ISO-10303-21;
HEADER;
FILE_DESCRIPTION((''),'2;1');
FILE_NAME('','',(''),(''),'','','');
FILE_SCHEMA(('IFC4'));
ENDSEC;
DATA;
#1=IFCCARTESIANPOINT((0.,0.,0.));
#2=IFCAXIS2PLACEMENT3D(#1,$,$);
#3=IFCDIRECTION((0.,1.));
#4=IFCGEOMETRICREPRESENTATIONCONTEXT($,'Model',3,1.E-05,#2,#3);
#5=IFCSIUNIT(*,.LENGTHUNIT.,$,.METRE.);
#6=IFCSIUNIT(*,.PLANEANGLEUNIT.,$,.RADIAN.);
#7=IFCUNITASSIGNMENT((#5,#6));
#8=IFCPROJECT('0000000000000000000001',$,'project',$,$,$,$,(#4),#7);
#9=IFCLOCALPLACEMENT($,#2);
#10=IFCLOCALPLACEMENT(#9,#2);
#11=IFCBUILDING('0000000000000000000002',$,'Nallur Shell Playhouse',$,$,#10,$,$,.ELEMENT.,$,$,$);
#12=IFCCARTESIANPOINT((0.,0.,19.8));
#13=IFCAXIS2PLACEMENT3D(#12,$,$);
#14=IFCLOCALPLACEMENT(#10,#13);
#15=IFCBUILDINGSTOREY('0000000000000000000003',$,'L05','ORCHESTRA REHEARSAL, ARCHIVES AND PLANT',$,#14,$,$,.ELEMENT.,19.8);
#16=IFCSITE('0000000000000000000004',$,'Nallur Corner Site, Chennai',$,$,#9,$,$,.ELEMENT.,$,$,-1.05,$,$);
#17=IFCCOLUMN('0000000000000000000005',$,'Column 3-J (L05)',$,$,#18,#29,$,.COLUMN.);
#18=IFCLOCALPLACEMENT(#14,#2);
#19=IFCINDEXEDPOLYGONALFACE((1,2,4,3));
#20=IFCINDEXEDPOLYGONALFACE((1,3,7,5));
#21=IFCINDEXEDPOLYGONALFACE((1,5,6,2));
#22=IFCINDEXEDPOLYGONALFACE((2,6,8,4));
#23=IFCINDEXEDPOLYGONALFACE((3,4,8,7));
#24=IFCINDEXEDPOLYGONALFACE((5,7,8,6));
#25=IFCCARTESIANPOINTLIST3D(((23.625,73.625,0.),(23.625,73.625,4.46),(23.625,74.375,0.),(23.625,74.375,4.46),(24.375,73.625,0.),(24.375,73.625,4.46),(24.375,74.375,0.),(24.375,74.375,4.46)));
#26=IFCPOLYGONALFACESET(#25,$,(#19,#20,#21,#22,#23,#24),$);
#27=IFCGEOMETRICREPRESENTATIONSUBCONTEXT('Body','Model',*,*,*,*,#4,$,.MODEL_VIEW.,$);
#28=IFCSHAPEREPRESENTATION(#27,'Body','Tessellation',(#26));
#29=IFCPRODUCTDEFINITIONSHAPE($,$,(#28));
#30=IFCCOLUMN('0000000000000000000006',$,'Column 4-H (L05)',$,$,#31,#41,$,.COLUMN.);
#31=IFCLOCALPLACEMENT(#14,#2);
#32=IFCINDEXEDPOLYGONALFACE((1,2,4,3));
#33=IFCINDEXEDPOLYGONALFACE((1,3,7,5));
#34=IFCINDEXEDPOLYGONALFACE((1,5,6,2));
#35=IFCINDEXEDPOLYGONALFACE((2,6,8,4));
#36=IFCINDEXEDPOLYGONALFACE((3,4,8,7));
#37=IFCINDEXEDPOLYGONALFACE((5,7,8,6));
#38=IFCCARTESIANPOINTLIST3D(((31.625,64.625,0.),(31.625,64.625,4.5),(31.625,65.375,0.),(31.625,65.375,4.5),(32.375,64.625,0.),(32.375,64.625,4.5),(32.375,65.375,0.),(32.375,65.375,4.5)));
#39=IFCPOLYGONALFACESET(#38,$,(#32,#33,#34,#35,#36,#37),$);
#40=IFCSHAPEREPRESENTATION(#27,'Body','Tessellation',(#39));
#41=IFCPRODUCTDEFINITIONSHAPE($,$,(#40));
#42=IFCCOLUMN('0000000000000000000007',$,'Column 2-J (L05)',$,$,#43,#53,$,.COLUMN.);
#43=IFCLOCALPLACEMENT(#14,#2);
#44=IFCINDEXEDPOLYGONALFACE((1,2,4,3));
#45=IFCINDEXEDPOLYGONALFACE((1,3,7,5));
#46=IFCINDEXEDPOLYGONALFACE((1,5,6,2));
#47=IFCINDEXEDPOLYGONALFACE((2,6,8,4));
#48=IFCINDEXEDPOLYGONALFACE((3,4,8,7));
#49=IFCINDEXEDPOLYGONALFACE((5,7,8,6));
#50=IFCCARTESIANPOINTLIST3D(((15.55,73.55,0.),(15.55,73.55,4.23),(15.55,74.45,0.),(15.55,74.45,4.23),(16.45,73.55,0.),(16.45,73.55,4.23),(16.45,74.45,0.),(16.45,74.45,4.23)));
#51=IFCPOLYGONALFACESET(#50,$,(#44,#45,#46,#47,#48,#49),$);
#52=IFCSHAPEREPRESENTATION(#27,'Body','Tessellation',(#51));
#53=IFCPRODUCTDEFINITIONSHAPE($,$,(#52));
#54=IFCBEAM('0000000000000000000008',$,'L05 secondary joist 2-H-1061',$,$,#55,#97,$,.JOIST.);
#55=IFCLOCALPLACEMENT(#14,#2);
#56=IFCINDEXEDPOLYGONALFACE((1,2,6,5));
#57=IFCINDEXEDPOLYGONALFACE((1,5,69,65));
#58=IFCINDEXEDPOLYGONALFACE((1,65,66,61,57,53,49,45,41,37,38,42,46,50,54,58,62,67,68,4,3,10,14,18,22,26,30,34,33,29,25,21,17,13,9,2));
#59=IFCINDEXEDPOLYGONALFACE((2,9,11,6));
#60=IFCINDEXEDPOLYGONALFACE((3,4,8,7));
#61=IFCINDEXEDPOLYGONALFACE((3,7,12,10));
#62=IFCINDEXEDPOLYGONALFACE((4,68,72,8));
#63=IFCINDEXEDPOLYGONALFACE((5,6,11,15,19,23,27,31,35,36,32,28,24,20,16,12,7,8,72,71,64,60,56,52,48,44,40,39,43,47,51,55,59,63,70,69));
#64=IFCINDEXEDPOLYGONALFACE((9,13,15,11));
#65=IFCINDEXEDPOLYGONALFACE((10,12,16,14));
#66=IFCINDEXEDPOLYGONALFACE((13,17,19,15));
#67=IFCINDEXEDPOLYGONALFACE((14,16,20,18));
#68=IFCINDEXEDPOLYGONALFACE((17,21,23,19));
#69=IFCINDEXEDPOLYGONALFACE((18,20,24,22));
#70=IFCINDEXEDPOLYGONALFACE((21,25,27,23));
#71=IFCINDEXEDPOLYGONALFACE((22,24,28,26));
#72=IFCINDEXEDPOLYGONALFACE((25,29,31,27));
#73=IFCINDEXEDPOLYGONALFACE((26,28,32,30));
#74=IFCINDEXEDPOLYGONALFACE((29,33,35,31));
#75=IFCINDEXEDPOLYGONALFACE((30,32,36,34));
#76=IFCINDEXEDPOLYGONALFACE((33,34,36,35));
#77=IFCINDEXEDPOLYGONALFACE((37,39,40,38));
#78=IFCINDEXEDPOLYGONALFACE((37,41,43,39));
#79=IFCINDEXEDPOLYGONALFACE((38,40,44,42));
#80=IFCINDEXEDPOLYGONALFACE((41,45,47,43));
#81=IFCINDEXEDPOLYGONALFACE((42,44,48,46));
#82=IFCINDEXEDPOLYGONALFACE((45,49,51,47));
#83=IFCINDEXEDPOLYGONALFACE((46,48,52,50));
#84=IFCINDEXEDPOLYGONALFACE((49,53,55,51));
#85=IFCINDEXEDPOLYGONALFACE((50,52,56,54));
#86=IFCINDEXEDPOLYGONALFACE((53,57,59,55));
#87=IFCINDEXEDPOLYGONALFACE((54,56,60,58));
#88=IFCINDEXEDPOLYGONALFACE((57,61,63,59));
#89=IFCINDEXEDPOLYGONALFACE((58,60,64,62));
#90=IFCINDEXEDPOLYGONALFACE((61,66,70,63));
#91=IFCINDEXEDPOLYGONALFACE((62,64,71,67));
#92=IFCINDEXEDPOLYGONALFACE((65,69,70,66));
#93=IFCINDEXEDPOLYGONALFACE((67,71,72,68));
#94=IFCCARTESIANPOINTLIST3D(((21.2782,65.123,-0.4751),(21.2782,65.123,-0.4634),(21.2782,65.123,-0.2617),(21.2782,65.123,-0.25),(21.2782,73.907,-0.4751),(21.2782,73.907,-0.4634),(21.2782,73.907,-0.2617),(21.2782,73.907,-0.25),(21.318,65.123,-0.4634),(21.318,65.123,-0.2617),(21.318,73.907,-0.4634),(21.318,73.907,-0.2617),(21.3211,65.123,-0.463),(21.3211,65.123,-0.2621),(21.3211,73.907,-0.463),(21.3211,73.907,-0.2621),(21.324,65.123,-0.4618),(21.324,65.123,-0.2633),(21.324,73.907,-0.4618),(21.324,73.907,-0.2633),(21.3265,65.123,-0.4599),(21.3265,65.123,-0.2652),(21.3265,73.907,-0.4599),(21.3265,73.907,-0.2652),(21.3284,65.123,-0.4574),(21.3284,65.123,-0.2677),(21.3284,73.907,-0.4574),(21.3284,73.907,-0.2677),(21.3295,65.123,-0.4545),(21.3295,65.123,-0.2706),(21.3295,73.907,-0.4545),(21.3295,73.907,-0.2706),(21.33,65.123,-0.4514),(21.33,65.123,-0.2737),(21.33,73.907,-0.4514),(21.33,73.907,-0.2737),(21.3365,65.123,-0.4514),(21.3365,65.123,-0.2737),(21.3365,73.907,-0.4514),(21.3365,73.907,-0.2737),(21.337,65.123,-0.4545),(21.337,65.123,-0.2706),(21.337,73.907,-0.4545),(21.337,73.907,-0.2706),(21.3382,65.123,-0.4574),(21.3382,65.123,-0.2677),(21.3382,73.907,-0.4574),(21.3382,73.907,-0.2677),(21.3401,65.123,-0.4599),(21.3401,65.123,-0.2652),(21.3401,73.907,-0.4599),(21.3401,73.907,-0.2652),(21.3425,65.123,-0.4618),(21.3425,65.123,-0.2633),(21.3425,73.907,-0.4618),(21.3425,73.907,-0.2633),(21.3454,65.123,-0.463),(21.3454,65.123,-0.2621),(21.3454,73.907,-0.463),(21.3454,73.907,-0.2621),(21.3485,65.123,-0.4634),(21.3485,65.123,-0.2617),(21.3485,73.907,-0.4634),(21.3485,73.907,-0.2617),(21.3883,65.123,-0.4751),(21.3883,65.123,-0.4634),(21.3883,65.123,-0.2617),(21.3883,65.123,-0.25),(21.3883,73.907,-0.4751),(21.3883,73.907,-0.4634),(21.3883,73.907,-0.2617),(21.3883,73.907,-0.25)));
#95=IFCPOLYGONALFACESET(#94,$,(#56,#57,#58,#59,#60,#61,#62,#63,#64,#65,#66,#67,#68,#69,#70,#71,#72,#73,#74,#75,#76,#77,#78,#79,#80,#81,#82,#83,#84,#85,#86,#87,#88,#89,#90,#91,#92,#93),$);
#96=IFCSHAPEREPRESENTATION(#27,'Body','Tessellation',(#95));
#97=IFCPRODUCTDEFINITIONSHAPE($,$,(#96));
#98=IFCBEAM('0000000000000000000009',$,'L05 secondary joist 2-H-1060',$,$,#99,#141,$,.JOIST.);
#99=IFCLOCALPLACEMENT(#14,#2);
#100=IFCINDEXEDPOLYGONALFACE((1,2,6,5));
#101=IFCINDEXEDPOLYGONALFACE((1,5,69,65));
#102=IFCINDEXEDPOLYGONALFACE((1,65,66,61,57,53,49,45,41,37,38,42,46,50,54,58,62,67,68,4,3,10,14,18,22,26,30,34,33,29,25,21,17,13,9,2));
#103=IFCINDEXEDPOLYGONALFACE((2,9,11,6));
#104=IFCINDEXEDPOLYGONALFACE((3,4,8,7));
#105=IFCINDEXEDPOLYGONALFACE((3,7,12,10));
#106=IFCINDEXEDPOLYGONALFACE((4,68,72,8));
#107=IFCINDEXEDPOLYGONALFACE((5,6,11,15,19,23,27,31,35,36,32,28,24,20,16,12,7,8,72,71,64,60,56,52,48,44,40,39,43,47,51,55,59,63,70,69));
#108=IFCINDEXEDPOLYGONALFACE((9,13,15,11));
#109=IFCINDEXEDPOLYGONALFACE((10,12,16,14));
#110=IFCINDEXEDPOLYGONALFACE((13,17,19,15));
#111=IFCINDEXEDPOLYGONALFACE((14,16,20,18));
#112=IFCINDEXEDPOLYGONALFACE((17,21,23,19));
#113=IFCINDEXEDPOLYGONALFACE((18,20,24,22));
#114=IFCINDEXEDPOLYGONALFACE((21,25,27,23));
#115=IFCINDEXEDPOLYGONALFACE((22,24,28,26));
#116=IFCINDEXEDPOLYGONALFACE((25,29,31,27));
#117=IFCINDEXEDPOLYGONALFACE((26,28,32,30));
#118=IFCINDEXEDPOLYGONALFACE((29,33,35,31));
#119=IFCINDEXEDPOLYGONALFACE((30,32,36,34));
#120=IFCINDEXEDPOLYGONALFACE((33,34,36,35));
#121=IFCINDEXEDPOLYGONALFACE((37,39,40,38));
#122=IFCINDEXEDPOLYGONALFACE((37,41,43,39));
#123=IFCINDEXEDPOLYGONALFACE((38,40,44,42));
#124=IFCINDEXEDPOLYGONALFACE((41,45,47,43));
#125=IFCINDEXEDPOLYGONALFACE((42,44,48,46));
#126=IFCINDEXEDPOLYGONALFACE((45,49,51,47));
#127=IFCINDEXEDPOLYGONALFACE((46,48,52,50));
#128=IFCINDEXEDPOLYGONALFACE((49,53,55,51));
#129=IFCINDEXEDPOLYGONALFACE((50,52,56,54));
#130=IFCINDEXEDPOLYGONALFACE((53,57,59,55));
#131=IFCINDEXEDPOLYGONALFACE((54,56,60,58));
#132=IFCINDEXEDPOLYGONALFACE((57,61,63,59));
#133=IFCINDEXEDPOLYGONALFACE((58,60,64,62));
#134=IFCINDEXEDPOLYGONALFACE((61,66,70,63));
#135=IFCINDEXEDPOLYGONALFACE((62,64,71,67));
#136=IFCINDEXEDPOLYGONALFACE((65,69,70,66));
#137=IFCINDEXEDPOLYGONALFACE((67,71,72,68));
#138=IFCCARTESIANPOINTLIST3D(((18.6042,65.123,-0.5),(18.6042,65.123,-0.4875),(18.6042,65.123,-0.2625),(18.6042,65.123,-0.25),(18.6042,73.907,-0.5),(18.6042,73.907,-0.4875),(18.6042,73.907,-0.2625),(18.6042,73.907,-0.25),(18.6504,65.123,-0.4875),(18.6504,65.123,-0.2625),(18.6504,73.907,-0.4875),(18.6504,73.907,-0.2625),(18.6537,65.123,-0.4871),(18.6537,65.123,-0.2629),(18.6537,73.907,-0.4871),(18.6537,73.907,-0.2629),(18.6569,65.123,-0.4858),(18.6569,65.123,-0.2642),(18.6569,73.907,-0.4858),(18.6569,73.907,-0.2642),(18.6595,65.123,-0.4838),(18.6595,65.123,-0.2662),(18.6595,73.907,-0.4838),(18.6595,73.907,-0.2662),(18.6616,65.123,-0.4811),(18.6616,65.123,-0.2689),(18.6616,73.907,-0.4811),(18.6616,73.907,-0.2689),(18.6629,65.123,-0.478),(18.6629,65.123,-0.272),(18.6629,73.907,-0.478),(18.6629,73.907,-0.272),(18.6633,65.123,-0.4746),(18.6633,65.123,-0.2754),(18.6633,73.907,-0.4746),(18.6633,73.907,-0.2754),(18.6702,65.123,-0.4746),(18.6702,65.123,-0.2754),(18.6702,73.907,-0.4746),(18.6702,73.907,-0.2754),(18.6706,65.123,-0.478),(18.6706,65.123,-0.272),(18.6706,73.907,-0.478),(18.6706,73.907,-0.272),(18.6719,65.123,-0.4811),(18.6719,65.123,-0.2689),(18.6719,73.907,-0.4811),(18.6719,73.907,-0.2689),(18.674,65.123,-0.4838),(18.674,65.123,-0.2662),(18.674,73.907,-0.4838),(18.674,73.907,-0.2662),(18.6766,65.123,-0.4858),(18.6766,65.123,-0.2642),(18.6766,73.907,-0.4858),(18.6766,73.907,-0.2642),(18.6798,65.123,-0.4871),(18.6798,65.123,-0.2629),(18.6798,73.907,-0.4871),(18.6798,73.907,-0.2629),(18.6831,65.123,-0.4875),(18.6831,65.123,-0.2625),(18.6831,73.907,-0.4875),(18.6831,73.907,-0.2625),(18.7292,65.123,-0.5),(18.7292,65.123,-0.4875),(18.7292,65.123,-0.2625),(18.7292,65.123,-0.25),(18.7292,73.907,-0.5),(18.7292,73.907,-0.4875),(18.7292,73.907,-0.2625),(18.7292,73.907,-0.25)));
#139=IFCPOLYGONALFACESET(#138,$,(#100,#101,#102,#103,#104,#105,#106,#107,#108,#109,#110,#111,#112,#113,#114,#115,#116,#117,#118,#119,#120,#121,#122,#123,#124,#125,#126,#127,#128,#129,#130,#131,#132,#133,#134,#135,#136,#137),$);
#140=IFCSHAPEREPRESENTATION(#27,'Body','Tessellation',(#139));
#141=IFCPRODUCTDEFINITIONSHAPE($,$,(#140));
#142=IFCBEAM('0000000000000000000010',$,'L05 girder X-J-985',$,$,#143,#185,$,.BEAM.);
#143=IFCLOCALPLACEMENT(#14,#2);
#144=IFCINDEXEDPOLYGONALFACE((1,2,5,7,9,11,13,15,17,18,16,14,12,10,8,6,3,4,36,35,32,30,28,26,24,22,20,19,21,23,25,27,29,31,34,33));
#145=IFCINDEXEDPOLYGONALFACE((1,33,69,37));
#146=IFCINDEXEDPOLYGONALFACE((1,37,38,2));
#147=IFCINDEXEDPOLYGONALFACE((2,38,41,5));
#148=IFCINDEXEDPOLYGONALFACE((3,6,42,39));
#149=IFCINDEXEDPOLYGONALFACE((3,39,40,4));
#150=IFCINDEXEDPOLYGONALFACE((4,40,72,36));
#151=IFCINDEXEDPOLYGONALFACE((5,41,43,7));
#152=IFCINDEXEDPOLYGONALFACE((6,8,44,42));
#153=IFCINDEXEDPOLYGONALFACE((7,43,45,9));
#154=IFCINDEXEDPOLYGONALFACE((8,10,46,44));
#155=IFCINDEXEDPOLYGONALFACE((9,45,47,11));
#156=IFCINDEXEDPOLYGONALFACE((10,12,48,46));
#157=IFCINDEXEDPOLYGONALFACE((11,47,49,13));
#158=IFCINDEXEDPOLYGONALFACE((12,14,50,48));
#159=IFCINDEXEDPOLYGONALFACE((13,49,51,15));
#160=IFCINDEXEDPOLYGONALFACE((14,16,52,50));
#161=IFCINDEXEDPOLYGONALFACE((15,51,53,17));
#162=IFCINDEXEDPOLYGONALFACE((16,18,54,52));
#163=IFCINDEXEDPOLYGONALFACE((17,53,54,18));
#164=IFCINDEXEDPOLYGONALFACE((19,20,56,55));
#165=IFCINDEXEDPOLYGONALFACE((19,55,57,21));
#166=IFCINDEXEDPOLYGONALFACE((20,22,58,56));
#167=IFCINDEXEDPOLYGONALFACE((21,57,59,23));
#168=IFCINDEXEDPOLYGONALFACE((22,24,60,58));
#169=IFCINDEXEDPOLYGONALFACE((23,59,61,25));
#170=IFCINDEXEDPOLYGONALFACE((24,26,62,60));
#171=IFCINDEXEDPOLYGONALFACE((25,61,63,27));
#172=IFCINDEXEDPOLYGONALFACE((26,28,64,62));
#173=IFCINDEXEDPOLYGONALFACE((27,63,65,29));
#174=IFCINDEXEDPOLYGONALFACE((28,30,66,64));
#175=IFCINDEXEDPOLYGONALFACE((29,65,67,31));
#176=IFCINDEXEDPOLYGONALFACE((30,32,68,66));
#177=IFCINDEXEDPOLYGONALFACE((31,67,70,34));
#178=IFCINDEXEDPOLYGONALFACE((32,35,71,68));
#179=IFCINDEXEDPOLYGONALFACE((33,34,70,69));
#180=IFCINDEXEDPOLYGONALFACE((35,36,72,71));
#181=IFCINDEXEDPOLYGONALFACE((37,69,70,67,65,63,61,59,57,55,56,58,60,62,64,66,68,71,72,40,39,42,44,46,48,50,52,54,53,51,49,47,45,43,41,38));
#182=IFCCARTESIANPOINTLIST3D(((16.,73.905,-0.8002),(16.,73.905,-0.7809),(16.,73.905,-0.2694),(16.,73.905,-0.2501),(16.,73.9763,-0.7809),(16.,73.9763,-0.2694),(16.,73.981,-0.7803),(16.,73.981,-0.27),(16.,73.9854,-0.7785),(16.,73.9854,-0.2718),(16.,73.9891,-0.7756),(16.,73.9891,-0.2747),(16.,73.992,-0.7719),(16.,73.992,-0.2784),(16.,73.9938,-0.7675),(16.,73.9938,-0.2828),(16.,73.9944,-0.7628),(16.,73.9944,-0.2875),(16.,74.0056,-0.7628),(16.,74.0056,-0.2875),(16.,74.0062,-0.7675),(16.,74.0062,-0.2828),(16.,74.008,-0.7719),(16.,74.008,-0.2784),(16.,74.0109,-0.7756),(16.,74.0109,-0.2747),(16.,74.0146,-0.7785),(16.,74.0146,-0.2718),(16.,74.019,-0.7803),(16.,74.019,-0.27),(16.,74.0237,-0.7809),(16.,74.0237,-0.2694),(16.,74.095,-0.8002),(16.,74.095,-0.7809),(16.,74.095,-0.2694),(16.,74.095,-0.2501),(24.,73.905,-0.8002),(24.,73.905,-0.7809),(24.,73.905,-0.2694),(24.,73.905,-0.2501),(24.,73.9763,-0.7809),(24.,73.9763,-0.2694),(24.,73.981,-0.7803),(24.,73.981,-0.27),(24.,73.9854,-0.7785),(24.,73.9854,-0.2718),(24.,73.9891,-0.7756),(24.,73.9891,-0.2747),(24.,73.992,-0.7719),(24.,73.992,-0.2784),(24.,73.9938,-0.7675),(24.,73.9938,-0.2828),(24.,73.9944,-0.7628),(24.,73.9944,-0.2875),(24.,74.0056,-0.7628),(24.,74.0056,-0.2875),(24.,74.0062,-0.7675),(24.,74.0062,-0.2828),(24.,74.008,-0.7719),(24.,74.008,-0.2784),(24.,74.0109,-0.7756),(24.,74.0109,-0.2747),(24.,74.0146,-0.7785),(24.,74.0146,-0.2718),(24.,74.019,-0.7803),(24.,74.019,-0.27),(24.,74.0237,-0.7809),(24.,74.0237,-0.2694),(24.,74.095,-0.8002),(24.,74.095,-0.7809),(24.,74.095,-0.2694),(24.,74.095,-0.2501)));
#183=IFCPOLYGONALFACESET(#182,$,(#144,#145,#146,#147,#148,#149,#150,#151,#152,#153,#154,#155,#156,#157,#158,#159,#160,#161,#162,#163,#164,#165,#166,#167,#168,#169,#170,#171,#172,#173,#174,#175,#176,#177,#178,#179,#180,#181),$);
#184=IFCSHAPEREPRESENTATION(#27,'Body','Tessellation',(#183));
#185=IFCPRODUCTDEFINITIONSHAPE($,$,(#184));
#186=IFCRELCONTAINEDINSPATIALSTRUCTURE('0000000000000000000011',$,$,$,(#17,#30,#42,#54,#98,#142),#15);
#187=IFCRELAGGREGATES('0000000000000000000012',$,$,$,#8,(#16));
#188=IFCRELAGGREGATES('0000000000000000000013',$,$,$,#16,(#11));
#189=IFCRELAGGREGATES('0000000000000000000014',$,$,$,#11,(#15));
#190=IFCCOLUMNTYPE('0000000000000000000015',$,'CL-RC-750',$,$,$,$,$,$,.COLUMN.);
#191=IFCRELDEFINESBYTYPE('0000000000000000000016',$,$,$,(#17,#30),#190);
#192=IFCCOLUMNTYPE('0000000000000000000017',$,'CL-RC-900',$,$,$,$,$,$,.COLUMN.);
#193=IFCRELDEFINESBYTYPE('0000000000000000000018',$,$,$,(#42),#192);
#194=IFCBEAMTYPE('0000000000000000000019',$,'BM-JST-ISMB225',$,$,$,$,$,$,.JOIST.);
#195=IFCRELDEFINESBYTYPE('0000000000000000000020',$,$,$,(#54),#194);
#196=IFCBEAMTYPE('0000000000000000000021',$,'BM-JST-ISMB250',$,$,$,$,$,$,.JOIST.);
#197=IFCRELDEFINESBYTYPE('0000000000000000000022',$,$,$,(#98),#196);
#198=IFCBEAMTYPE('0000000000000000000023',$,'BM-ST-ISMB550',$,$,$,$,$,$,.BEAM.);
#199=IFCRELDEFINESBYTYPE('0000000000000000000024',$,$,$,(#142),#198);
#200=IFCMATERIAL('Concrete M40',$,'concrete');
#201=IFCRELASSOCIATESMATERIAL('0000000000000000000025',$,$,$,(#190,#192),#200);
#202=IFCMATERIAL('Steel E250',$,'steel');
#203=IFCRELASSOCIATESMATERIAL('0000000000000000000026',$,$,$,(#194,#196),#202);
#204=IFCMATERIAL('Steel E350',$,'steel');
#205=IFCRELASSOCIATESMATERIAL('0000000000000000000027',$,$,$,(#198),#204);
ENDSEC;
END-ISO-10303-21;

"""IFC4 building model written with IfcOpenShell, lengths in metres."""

from ifc_helpers import new_model, si_unit, direction, frame, origin, origin_2d, place, context, subcontext, project, spatial, rectangle, i_section, extrude, material, material_profile, profile_set, type_object, element, save


model = new_model("IFC4")

# Units and contexts
model_context = context("Model", 3, precision=1e-05, world=origin(), true_north=direction((0.0, 1.0)))
body_context = subcontext(model_context, "Body", "Model", "MODEL_VIEW")
ifc_project = project(units=[si_unit("LENGTHUNIT", "METRE"), si_unit("PLANEANGLEUNIT", "RADIAN")], contexts=[model_context])

# Site, building, storey
site_placement = place(None, origin())
site = spatial("IfcSite", under=ifc_project, at=site_placement, Name="Nallur Corner Site, Chennai", CompositionType="ELEMENT", RefElevation=-1.05)
building_placement = place(site_placement, origin())
building = spatial("IfcBuilding", under=site, at=building_placement, Name="Nallur Shell Playhouse", CompositionType="ELEMENT")
storey_placement = place(building_placement, frame((0.0, 0.0, 19.8)))
storey = spatial("IfcBuildingStorey", under=building, at=storey_placement, Name="L05", Description="ORCHESTRA REHEARSAL, ARCHIVES AND PLANT", CompositionType="ELEMENT", Elevation=19.8)

# Columns
ifc_material_1 = material(Name="Concrete M40", Category="concrete")
ifc_material_profile_1 = material_profile(ifc_material_1, rectangle(XDim=0.75, YDim=0.75, at=origin_2d()), Name="RC 750x750")
ifc_profile_set_1 = profile_set([ifc_material_profile_1], Name="Concrete M40")
column_type_1 = type_object("IfcColumnType", Name="CL-RC-750", PredefinedType="COLUMN", material=ifc_profile_set_1)
column_1_placement = place(storey_placement, frame((24.0, 74.0, 0.0), z_axis=(0.0, 0.0, 1.0), x_axis=(1.0, 0.0, 0.0)))
element("IfcColumn", 1, at=column_1_placement, inside=storey, type_object=column_type_1, Name="Column 3-J (L05)", PredefinedType="COLUMN", context=body_context, shape_type="SweptSolid", body=[
    extrude(rectangle(XDim=0.75, YDim=0.75, at=origin_2d()), origin(), (0.0, 0.0, 1.0), 4.46),
])
column_2_placement = place(storey_placement, frame((32.0, 65.0, 0.0), z_axis=(0.0, 0.0, 1.0), x_axis=(1.0, 0.0, 0.0)))
element("IfcColumn", 2, at=column_2_placement, inside=storey, type_object=column_type_1, Name="Column 4-H (L05)", PredefinedType="COLUMN", context=body_context, shape_type="SweptSolid", body=[
    extrude(rectangle(XDim=0.75, YDim=0.75, at=origin_2d()), origin(), (0.0, 0.0, 1.0), 4.5),
])
ifc_material_profile_2 = material_profile(ifc_material_1, rectangle(XDim=0.8999, YDim=0.8999, at=origin_2d()), Name="RC 900x900")
ifc_profile_set_2 = profile_set([ifc_material_profile_2], Name="Concrete M40")
column_type_2 = type_object("IfcColumnType", Name="CL-RC-900", PredefinedType="COLUMN", material=ifc_profile_set_2)
column_3_placement = place(storey_placement, frame((16.0, 74.0, 0.0), z_axis=(0.0, 0.0, 1.0), x_axis=(1.0, 0.0, 0.0)))
element("IfcColumn", 3, at=column_3_placement, inside=storey, type_object=column_type_2, Name="Column 2-J (L05)", PredefinedType="COLUMN", context=body_context, shape_type="SweptSolid", body=[
    extrude(rectangle(XDim=0.8999, YDim=0.8999, at=origin_2d()), origin(), (0.0, 0.0, 1.0), 4.23),
])

# Beams
ifc_material_2 = material(Name="Steel E250", Category="steel")
ifc_material_profile_3 = material_profile(ifc_material_2, i_section(OverallWidth=0.1101, OverallDepth=0.2251, WebThickness=0.0066, FlangeThickness=0.0117, FilletRadius=0.012, at=origin_2d()), Name="ISMB 225")
ifc_profile_set_3 = profile_set([ifc_material_profile_3], Name="Steel E250")
beam_type_1 = type_object("IfcBeamType", Name="BM-JST-ISMB225", PredefinedType="JOIST", material=ifc_profile_set_3)
beam_1_placement = place(storey_placement, frame((21.3333, 65.123, -0.3625), z_axis=(0.0, 1.0, 0.0), x_axis=(-1.0, 0.0, 0.0)))
element("IfcBeam", 4, at=beam_1_placement, inside=storey, type_object=beam_type_1, Name="L05 secondary joist 2-H-1061", PredefinedType="JOIST", context=body_context, shape_type="SweptSolid", body=[
    extrude(i_section(OverallWidth=0.1101, OverallDepth=0.2251, WebThickness=0.0066, FlangeThickness=0.0117, FilletRadius=0.012, at=origin_2d()), origin(), (0.0, 0.0, 1.0), 8.7839),
])
ifc_material_profile_4 = material_profile(ifc_material_2, i_section(OverallWidth=0.125, OverallDepth=0.25, WebThickness=0.0068, FlangeThickness=0.0125, FilletRadius=0.0129, at=origin_2d()), Name="ISMB 250")
ifc_profile_set_4 = profile_set([ifc_material_profile_4], Name="Steel E250")
beam_type_2 = type_object("IfcBeamType", Name="BM-JST-ISMB250", PredefinedType="JOIST", material=ifc_profile_set_4)
beam_2_placement = place(storey_placement, frame((18.6667, 65.123, -0.375), z_axis=(0.0, 1.0, 0.0), x_axis=(-1.0, 0.0, 0.0)))
element("IfcBeam", 5, at=beam_2_placement, inside=storey, type_object=beam_type_2, Name="L05 secondary joist 2-H-1060", PredefinedType="JOIST", context=body_context, shape_type="SweptSolid", body=[
    extrude(i_section(OverallWidth=0.125, OverallDepth=0.25, WebThickness=0.0068, FlangeThickness=0.0125, FilletRadius=0.0129, at=origin_2d()), origin(), (0.0, 0.0, 1.0), 8.7839),
])
ifc_material_3 = material(Name="Steel E350", Category="steel")
ifc_material_profile_5 = material_profile(ifc_material_3, i_section(OverallWidth=0.1899, OverallDepth=0.55, WebThickness=0.0112, FlangeThickness=0.0193, FilletRadius=0.0181, at=origin_2d()), Name="ISMB 550")
ifc_profile_set_5 = profile_set([ifc_material_profile_5], Name="Steel E350")
beam_type_3 = type_object("IfcBeamType", Name="BM-ST-ISMB550", PredefinedType="BEAM", material=ifc_profile_set_5)
beam_3_placement = place(storey_placement, frame((16.0, 74.0, -0.5251), z_axis=(1.0, 0.0, 0.0), x_axis=(0.0, 1.0, 0.0)))
element("IfcBeam", 6, at=beam_3_placement, inside=storey, type_object=beam_type_3, Name="L05 girder X-J-985", PredefinedType="BEAM", context=body_context, shape_type="SweptSolid", body=[
    extrude(i_section(OverallWidth=0.1899, OverallDepth=0.55, WebThickness=0.0112, FlangeThickness=0.0193, FilletRadius=0.0181, at=origin_2d()), origin(), (0.0, 0.0, 1.0), 8.0),
])

save(model, "model.ifc")
